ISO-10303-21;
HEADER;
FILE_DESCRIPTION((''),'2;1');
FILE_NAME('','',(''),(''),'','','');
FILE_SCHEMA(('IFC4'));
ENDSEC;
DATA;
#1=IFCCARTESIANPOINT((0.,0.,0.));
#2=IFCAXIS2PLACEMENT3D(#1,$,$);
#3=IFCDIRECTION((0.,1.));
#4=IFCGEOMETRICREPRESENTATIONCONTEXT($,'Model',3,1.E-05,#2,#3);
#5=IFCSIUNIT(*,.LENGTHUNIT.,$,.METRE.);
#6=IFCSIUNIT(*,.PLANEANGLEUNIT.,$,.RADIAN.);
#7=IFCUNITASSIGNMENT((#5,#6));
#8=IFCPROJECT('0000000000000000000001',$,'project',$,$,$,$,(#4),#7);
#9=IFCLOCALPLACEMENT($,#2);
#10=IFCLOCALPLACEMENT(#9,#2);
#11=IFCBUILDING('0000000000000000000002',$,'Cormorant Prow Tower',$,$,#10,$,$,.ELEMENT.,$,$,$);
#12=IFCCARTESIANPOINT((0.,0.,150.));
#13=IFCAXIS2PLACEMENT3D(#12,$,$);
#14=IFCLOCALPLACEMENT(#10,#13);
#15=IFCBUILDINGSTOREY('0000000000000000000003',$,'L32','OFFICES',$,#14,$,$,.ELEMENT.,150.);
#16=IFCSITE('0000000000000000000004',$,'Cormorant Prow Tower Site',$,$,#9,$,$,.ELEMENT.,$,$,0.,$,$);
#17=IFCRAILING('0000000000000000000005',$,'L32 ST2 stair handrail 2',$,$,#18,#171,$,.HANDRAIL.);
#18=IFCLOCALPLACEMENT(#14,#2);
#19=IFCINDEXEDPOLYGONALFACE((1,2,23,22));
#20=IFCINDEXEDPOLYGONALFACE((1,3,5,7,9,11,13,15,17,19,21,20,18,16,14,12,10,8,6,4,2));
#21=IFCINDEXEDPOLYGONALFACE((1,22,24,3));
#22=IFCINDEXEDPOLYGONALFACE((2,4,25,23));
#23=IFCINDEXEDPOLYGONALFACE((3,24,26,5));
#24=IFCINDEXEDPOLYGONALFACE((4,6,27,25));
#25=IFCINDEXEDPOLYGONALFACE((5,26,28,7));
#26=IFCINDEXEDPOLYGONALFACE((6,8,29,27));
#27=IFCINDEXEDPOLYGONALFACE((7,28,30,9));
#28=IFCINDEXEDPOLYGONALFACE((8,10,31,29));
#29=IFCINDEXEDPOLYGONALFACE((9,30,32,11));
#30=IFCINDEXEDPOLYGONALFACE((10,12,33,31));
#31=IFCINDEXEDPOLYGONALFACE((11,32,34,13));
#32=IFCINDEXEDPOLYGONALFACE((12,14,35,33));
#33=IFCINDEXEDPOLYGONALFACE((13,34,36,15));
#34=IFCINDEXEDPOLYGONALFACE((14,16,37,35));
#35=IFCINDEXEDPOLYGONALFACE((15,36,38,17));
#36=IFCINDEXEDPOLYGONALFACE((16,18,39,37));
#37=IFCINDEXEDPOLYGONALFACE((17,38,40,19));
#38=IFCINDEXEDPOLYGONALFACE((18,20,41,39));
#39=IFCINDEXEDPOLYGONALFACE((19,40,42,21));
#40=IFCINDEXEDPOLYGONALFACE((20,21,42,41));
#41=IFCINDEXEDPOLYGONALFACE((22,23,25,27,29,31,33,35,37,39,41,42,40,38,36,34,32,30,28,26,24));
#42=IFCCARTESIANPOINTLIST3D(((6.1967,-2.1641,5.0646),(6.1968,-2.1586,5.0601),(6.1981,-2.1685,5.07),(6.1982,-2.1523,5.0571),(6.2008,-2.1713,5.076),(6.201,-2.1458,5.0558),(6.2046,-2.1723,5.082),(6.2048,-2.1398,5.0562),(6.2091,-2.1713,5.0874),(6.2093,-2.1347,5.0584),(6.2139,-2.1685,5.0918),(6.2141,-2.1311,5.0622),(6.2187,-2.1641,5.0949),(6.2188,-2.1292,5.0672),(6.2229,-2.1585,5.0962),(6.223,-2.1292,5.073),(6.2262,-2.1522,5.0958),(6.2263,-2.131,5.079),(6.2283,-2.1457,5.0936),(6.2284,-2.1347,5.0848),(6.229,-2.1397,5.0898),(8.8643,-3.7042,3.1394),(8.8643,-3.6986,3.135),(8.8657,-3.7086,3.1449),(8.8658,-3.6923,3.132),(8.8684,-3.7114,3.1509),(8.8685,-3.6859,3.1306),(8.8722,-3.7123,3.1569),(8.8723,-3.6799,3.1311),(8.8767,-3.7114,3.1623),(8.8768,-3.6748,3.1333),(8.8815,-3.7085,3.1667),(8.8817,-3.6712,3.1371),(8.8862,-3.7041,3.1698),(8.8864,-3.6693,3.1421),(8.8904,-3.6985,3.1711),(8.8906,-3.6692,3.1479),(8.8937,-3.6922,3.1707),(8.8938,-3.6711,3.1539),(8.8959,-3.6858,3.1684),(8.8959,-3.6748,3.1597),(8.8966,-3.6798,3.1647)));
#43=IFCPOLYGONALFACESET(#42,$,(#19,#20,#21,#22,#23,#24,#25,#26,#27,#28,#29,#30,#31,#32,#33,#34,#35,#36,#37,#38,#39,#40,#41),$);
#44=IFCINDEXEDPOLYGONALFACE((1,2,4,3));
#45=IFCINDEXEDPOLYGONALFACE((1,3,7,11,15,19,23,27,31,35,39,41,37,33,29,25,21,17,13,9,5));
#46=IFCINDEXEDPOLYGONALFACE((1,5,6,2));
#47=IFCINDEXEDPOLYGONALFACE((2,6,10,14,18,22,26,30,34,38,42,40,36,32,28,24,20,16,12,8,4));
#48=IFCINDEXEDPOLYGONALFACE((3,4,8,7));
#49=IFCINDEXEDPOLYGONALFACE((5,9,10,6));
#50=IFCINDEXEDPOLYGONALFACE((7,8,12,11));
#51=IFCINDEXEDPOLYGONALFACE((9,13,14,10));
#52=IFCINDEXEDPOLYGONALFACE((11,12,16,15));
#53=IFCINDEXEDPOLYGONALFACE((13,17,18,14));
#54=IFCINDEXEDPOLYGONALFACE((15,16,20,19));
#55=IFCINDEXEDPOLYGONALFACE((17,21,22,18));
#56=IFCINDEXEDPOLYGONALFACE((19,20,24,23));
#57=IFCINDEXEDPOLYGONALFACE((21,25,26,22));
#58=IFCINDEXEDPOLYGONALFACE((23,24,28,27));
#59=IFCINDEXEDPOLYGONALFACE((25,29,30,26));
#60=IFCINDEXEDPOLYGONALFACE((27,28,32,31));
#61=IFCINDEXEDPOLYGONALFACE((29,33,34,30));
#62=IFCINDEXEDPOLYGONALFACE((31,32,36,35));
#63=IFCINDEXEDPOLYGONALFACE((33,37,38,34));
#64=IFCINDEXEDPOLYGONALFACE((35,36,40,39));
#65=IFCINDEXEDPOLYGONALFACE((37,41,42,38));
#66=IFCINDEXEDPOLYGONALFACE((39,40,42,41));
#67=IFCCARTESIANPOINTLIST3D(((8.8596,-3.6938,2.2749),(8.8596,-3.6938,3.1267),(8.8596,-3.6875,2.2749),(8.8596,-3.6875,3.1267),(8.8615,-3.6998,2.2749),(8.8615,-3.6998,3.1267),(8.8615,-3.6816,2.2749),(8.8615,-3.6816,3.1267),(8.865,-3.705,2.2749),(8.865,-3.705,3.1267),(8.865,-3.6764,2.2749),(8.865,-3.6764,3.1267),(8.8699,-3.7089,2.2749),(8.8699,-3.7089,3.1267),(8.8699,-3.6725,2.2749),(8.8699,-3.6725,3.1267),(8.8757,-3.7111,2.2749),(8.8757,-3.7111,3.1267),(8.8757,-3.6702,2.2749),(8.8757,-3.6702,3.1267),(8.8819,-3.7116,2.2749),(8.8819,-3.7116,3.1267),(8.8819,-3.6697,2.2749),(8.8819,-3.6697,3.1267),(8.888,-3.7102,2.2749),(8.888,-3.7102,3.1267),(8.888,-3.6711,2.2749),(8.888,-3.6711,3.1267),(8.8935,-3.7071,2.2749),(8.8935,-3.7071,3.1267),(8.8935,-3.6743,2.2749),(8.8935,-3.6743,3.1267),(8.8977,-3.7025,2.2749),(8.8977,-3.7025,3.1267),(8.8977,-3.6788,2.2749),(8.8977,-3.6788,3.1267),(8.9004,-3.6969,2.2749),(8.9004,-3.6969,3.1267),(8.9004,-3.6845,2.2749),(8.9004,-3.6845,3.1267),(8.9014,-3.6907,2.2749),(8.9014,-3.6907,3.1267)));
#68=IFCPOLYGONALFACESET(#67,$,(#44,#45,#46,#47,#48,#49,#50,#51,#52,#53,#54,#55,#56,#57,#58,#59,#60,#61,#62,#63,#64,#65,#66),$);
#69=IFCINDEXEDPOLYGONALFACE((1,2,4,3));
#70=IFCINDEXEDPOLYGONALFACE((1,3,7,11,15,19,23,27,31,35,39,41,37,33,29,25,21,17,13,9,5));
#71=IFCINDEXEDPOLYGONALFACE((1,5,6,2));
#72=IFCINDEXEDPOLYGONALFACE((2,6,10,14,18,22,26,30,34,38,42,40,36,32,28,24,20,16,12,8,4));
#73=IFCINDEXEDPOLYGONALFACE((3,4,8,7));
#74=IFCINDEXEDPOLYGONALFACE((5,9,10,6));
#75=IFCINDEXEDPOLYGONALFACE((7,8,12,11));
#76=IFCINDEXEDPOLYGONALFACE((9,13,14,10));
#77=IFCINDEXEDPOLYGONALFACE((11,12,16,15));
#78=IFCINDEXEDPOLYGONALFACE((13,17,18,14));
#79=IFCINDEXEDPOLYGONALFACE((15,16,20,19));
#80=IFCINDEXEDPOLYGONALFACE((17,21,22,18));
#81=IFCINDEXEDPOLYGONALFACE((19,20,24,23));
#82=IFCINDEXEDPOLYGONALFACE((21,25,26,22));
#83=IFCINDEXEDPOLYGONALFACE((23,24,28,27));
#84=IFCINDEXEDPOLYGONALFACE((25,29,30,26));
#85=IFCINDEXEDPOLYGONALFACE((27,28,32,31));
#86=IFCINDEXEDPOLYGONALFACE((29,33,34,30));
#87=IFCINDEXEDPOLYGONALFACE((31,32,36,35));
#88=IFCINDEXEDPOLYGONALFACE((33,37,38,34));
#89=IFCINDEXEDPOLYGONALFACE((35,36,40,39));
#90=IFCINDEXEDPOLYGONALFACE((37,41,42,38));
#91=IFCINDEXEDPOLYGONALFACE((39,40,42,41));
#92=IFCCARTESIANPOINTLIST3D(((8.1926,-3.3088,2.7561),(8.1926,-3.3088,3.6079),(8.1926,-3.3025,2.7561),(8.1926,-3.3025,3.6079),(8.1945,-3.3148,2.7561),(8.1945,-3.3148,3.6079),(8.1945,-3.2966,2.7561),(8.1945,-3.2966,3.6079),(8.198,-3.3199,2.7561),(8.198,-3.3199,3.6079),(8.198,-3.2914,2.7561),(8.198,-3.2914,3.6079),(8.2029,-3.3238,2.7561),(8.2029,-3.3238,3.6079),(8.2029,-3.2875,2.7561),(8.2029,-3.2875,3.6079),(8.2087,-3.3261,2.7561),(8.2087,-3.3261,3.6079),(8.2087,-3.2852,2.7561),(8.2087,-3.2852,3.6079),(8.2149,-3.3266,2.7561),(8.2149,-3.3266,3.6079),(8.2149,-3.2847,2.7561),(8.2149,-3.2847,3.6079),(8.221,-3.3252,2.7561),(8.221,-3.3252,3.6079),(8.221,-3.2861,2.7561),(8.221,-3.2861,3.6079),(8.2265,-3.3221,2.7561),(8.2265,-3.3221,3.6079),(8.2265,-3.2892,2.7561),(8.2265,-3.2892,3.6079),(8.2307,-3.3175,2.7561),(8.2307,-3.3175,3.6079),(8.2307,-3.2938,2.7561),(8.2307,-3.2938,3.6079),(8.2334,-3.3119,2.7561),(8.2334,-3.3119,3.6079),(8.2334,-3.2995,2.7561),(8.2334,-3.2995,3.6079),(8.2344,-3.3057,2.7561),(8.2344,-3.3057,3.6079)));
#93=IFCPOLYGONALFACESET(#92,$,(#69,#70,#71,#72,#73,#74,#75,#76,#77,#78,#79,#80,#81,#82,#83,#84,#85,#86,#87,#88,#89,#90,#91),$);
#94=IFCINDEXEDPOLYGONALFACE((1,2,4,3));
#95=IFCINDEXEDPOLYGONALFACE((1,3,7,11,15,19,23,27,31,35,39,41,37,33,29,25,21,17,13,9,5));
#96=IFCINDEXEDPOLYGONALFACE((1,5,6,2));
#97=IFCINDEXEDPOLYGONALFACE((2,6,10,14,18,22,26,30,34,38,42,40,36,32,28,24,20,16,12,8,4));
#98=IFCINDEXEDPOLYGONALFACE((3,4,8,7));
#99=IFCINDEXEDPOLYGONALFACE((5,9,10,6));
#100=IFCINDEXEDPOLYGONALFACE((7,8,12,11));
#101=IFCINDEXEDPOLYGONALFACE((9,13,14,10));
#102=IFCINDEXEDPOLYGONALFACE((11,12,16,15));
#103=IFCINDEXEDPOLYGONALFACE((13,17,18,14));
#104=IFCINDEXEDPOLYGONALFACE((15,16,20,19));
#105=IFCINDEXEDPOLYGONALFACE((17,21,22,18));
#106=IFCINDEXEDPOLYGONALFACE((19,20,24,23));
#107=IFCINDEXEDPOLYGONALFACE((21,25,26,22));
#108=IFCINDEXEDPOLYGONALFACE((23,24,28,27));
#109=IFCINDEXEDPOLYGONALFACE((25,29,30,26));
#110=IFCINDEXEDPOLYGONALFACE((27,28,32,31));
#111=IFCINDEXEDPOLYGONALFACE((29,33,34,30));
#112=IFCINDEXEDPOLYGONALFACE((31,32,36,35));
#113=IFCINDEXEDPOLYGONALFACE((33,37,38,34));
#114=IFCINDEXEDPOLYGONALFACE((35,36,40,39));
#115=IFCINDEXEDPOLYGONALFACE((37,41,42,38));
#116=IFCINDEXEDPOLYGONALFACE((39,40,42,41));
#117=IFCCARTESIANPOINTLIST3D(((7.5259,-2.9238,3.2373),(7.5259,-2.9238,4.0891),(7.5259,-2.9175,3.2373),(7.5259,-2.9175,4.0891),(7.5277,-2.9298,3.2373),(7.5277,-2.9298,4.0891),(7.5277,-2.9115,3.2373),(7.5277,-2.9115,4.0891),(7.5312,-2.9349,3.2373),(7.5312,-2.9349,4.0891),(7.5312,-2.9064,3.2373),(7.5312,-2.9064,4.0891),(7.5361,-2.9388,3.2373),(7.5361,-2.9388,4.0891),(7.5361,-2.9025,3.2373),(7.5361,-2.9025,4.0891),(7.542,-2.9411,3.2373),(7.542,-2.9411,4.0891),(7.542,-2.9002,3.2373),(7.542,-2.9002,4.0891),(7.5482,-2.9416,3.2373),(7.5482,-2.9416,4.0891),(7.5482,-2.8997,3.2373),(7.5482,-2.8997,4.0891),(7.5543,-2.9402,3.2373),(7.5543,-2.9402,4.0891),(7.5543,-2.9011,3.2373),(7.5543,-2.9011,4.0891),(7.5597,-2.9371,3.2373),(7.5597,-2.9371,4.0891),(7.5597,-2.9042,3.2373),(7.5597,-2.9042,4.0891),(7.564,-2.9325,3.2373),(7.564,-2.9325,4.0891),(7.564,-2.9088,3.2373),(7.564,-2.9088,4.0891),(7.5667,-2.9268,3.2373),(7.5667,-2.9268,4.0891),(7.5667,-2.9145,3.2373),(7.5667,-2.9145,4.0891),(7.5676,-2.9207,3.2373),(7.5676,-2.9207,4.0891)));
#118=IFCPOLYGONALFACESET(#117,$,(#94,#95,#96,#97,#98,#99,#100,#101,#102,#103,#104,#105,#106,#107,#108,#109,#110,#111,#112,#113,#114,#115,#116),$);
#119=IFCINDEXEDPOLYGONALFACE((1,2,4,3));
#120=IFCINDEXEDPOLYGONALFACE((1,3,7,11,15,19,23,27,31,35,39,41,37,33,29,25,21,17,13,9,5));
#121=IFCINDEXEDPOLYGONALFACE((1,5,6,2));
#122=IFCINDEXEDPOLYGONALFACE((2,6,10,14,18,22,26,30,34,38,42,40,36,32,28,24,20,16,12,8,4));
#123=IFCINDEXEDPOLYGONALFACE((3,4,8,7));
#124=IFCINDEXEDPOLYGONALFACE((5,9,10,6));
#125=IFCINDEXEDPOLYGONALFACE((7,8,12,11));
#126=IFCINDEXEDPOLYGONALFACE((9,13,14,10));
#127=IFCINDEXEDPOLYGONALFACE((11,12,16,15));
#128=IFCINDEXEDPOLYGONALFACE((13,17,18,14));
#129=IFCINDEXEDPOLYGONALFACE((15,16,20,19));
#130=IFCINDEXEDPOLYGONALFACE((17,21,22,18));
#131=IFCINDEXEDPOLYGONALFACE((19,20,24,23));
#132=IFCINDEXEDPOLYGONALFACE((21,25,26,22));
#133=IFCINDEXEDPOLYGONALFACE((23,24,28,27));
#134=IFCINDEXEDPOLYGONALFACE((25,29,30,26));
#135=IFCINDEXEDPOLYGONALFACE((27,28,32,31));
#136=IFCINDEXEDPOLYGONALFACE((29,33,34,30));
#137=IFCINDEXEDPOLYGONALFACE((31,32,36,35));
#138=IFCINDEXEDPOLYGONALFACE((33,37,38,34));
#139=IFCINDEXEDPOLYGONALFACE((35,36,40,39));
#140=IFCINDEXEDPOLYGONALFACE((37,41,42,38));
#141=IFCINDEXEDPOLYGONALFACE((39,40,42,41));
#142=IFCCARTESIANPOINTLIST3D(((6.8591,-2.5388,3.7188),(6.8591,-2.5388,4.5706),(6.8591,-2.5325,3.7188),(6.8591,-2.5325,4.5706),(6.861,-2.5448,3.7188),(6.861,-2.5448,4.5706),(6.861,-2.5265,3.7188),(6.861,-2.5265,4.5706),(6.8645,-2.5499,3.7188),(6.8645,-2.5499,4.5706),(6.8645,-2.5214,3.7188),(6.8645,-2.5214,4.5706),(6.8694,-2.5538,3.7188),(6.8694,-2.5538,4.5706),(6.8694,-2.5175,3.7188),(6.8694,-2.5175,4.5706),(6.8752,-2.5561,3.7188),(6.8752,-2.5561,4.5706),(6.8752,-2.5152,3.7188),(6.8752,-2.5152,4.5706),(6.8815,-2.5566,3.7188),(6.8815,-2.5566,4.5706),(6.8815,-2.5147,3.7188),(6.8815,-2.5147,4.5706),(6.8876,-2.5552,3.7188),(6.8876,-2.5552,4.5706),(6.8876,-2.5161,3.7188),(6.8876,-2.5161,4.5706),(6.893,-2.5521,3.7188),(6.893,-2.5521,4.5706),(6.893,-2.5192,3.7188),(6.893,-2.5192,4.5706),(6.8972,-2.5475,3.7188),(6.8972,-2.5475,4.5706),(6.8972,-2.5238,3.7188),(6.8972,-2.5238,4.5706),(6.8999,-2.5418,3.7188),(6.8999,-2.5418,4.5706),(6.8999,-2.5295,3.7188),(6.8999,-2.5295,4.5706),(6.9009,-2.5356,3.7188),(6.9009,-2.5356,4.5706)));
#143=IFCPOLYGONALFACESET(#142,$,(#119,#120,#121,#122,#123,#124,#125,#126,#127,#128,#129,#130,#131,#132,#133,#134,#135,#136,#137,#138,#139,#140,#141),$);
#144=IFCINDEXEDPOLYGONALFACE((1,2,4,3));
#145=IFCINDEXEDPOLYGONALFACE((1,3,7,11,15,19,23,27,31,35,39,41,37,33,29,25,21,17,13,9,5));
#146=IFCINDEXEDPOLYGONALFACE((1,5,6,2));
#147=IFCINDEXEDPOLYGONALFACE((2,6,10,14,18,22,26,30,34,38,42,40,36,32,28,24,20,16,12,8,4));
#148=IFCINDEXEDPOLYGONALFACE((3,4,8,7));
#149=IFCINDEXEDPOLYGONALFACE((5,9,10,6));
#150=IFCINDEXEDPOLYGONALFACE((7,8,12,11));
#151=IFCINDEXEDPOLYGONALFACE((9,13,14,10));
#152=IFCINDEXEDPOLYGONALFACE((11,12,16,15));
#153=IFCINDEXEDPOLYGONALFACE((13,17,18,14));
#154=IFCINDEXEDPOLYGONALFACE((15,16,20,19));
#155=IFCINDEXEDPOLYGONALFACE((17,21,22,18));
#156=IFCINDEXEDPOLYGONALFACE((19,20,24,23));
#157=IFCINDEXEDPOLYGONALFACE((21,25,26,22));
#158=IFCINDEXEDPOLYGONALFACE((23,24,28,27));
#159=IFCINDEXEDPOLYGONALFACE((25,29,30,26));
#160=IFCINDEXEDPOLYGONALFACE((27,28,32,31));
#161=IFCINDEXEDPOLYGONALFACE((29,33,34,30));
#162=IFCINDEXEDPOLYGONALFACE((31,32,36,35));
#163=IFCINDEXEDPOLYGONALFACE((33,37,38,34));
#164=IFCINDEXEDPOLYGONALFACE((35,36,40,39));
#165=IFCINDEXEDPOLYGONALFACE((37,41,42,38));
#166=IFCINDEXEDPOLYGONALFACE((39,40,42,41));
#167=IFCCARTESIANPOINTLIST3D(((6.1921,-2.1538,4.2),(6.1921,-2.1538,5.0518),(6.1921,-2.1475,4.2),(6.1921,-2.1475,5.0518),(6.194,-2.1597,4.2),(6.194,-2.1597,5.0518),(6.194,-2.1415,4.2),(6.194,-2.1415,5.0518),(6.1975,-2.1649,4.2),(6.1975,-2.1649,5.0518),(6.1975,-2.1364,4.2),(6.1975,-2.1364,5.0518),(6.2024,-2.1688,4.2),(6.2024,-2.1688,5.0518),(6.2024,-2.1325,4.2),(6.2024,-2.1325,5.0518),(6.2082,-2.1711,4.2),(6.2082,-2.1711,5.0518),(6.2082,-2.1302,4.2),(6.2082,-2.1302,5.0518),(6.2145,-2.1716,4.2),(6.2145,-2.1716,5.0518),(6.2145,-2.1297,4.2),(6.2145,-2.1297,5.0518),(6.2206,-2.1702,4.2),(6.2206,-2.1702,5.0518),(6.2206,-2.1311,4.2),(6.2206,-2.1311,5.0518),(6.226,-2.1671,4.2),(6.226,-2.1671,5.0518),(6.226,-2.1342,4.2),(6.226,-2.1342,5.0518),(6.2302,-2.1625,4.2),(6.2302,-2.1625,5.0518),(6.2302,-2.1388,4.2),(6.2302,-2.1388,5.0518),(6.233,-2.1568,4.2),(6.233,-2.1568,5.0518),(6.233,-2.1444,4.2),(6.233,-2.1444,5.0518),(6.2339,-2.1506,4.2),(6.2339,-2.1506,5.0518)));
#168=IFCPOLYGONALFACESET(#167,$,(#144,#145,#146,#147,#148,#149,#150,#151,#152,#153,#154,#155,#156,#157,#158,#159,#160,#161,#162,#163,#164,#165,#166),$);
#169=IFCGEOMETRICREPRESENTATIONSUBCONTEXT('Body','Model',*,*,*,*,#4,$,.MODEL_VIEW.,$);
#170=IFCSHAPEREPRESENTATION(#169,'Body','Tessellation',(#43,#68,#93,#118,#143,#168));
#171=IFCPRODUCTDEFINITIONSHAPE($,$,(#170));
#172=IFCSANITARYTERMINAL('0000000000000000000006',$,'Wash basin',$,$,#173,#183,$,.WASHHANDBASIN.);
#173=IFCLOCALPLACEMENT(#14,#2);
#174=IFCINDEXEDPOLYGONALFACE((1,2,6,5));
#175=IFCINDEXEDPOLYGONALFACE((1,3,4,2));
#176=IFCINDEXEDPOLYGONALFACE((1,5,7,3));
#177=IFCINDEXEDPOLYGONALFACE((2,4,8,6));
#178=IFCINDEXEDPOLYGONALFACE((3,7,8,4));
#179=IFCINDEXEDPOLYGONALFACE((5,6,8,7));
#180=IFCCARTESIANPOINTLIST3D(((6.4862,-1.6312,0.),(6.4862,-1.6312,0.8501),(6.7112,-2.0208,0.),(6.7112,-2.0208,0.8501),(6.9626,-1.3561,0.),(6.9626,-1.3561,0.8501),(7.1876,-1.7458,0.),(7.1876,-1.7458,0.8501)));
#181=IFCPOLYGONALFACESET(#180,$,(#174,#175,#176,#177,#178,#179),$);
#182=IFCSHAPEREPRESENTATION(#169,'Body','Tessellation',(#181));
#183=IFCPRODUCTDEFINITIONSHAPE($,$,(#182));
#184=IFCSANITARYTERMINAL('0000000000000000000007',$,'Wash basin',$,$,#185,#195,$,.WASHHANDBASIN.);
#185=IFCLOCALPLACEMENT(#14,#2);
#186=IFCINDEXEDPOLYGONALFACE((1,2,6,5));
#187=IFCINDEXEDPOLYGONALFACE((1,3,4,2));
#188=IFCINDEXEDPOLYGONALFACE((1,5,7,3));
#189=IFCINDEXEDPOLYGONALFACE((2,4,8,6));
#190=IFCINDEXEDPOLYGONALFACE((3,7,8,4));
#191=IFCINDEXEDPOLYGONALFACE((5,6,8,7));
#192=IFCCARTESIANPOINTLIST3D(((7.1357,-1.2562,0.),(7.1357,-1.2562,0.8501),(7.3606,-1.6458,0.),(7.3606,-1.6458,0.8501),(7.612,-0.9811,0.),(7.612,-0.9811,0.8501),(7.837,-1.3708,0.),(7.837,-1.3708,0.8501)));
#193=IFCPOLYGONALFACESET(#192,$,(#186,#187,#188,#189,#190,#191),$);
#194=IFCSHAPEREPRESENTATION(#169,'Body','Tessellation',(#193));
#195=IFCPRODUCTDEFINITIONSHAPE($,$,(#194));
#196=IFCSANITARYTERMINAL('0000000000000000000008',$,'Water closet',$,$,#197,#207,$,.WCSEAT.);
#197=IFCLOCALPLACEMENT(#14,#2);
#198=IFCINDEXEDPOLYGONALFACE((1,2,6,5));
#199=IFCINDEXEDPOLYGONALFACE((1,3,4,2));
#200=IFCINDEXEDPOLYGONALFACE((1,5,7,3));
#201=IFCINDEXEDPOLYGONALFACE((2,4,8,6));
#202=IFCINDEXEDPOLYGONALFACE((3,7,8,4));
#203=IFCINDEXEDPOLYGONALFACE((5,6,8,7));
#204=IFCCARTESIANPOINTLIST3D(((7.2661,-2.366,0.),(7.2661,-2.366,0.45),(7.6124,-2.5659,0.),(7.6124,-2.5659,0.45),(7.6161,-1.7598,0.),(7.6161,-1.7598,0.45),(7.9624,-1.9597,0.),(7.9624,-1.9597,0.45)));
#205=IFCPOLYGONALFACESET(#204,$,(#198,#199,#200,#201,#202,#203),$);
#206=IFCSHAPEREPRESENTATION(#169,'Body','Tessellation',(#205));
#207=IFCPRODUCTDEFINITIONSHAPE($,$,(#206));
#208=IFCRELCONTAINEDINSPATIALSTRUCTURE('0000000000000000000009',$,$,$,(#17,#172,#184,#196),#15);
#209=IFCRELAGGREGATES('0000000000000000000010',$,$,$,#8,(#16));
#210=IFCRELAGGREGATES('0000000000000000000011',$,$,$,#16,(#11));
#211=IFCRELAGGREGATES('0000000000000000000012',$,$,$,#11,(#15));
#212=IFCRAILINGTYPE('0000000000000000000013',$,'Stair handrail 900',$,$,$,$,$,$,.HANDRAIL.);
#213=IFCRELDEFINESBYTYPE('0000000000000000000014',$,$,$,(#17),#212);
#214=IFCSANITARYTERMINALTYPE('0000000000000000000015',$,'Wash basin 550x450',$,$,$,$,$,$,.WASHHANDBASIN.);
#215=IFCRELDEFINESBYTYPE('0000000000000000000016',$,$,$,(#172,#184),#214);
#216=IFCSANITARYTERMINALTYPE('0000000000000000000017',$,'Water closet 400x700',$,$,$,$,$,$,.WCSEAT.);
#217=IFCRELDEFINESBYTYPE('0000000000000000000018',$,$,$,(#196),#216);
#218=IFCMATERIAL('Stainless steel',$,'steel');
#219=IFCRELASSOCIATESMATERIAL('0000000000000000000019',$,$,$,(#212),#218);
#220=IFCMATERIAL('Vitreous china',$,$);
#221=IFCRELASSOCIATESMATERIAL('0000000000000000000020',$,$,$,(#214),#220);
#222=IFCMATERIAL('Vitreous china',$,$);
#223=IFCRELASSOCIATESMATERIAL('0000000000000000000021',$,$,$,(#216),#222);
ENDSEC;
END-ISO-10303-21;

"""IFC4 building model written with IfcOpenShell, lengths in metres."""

from ifc_helpers import new_model, si_unit, direction, frame, origin, origin_2d, place, context, subcontext, project, spatial, rectangle, circle, extrude, material, type_object, element, save


model = new_model("IFC4")

# Units and contexts
model_context = context("Model", 3, precision=1e-05, world=origin(), true_north=direction((0.0, 1.0)))
body_context = subcontext(model_context, "Body", "Model", "MODEL_VIEW")
ifc_project = project(units=[si_unit("LENGTHUNIT", "METRE"), si_unit("PLANEANGLEUNIT", "RADIAN")], contexts=[model_context])

# Site, building, storey
site_placement = place(None, origin())
site = spatial("IfcSite", under=ifc_project, at=site_placement, Name="Cormorant Prow Tower Site", CompositionType="ELEMENT", RefElevation=0.0)
building_placement = place(site_placement, origin())
building = spatial("IfcBuilding", under=site, at=building_placement, Name="Cormorant Prow Tower", CompositionType="ELEMENT")
storey_placement = place(building_placement, frame((0.0, 0.0, 150.0)))
storey = spatial("IfcBuildingStorey", under=building, at=storey_placement, Name="L32", Description="OFFICES", CompositionType="ELEMENT", Elevation=150.0)

# Railing
ifc_material_1 = material(Name="Stainless steel", Category="steel")
railing_type_1 = type_object("IfcRailingType", Name="Stair handrail 900", PredefinedType="HANDRAIL", material=ifc_material_1)
railing_1_placement = place(storey_placement, frame((8.8804, -3.6907, 2.2749)))
element("IfcRailing", 1, at=railing_1_placement, inside=storey, type_object=railing_type_1, Name="L32 ST2 stair handrail 2", PredefinedType="HANDRAIL", context=body_context, shape_type="SweptSolid", body=[
    extrude(circle(Radius=0.0239, at=origin_2d()), frame((0.0, 0.0, 0.876), z_axis=(-0.734395, 0.423994, 0.529993), x_axis=(-0.499992, -0.86603, 0.0)), (0.0, 0.0, 1.0), 3.6323),
    extrude(circle(Radius=0.021, at=origin_2d()), origin(), (0.0, 0.0, 1.0), 0.8518),
    extrude(circle(Radius=0.021, at=origin_2d()), frame((-0.667, 0.385, 0.4812)), (0.0, 0.0, 1.0), 0.8518),
    extrude(circle(Radius=0.021, at=origin_2d()), frame((-1.3337, 0.77, 0.9624)), (0.0, 0.0, 1.0), 0.8518),
    extrude(circle(Radius=0.021, at=origin_2d()), frame((-2.0005, 1.155, 1.4438)), (0.0, 0.0, 1.0), 0.8518),
    extrude(circle(Radius=0.021, at=origin_2d()), frame((-2.6675, 1.54, 1.925)), (0.0, 0.0, 1.0), 0.8518),
])

# Sanitary terminals
ifc_material_2 = material(Name="Vitreous china")
sanitary_terminal_type_1 = type_object("IfcSanitaryTerminalType", Name="Wash basin 550x450", PredefinedType="WASHHANDBASIN", material=ifc_material_2)
for number, where, z_axis, x_axis, name in (
    (2, (6.8369, -1.6885, 0.0), (0.0, 0.0, 1.0), (0.866025, 0.5, 0.0), "Wash basin"),
    (3, (7.4863, -1.3135, 0.0), (0.0, 0.0, 1.0), (0.866025, 0.5, 0.0), "Wash basin"),
):
    element("IfcSanitaryTerminal", number, at=place(storey_placement, frame(where, z_axis=z_axis, x_axis=x_axis)), inside=storey, type_object=sanitary_terminal_type_1, Name=name, PredefinedType="WASHHANDBASIN", context=body_context, shape_type="SweptSolid", body=[
        extrude(rectangle(XDim=0.55, YDim=0.45, at=origin_2d()), origin(), (0.0, 0.0, 1.0), 0.8501),
    ])
ifc_material_3 = material(Name="Vitreous china")
sanitary_terminal_type_2 = type_object("IfcSanitaryTerminalType", Name="Water closet 400x700", PredefinedType="WCSEAT", material=ifc_material_3)
for number, where, z_axis, x_axis, name in (
    (4, (7.6143, -2.1628, 0.0), (0.0, 0.0, 1.0), (0.866025, -0.5, 0.0), "Water closet"),
):
    element("IfcSanitaryTerminal", number, at=place(storey_placement, frame(where, z_axis=z_axis, x_axis=x_axis)), inside=storey, type_object=sanitary_terminal_type_2, Name=name, PredefinedType="WCSEAT", context=body_context, shape_type="SweptSolid", body=[
        extrude(rectangle(XDim=0.3999, YDim=0.7, at=origin_2d()), origin(), (0.0, 0.0, 1.0), 0.45),
    ])

save(model, "model.ifc")
